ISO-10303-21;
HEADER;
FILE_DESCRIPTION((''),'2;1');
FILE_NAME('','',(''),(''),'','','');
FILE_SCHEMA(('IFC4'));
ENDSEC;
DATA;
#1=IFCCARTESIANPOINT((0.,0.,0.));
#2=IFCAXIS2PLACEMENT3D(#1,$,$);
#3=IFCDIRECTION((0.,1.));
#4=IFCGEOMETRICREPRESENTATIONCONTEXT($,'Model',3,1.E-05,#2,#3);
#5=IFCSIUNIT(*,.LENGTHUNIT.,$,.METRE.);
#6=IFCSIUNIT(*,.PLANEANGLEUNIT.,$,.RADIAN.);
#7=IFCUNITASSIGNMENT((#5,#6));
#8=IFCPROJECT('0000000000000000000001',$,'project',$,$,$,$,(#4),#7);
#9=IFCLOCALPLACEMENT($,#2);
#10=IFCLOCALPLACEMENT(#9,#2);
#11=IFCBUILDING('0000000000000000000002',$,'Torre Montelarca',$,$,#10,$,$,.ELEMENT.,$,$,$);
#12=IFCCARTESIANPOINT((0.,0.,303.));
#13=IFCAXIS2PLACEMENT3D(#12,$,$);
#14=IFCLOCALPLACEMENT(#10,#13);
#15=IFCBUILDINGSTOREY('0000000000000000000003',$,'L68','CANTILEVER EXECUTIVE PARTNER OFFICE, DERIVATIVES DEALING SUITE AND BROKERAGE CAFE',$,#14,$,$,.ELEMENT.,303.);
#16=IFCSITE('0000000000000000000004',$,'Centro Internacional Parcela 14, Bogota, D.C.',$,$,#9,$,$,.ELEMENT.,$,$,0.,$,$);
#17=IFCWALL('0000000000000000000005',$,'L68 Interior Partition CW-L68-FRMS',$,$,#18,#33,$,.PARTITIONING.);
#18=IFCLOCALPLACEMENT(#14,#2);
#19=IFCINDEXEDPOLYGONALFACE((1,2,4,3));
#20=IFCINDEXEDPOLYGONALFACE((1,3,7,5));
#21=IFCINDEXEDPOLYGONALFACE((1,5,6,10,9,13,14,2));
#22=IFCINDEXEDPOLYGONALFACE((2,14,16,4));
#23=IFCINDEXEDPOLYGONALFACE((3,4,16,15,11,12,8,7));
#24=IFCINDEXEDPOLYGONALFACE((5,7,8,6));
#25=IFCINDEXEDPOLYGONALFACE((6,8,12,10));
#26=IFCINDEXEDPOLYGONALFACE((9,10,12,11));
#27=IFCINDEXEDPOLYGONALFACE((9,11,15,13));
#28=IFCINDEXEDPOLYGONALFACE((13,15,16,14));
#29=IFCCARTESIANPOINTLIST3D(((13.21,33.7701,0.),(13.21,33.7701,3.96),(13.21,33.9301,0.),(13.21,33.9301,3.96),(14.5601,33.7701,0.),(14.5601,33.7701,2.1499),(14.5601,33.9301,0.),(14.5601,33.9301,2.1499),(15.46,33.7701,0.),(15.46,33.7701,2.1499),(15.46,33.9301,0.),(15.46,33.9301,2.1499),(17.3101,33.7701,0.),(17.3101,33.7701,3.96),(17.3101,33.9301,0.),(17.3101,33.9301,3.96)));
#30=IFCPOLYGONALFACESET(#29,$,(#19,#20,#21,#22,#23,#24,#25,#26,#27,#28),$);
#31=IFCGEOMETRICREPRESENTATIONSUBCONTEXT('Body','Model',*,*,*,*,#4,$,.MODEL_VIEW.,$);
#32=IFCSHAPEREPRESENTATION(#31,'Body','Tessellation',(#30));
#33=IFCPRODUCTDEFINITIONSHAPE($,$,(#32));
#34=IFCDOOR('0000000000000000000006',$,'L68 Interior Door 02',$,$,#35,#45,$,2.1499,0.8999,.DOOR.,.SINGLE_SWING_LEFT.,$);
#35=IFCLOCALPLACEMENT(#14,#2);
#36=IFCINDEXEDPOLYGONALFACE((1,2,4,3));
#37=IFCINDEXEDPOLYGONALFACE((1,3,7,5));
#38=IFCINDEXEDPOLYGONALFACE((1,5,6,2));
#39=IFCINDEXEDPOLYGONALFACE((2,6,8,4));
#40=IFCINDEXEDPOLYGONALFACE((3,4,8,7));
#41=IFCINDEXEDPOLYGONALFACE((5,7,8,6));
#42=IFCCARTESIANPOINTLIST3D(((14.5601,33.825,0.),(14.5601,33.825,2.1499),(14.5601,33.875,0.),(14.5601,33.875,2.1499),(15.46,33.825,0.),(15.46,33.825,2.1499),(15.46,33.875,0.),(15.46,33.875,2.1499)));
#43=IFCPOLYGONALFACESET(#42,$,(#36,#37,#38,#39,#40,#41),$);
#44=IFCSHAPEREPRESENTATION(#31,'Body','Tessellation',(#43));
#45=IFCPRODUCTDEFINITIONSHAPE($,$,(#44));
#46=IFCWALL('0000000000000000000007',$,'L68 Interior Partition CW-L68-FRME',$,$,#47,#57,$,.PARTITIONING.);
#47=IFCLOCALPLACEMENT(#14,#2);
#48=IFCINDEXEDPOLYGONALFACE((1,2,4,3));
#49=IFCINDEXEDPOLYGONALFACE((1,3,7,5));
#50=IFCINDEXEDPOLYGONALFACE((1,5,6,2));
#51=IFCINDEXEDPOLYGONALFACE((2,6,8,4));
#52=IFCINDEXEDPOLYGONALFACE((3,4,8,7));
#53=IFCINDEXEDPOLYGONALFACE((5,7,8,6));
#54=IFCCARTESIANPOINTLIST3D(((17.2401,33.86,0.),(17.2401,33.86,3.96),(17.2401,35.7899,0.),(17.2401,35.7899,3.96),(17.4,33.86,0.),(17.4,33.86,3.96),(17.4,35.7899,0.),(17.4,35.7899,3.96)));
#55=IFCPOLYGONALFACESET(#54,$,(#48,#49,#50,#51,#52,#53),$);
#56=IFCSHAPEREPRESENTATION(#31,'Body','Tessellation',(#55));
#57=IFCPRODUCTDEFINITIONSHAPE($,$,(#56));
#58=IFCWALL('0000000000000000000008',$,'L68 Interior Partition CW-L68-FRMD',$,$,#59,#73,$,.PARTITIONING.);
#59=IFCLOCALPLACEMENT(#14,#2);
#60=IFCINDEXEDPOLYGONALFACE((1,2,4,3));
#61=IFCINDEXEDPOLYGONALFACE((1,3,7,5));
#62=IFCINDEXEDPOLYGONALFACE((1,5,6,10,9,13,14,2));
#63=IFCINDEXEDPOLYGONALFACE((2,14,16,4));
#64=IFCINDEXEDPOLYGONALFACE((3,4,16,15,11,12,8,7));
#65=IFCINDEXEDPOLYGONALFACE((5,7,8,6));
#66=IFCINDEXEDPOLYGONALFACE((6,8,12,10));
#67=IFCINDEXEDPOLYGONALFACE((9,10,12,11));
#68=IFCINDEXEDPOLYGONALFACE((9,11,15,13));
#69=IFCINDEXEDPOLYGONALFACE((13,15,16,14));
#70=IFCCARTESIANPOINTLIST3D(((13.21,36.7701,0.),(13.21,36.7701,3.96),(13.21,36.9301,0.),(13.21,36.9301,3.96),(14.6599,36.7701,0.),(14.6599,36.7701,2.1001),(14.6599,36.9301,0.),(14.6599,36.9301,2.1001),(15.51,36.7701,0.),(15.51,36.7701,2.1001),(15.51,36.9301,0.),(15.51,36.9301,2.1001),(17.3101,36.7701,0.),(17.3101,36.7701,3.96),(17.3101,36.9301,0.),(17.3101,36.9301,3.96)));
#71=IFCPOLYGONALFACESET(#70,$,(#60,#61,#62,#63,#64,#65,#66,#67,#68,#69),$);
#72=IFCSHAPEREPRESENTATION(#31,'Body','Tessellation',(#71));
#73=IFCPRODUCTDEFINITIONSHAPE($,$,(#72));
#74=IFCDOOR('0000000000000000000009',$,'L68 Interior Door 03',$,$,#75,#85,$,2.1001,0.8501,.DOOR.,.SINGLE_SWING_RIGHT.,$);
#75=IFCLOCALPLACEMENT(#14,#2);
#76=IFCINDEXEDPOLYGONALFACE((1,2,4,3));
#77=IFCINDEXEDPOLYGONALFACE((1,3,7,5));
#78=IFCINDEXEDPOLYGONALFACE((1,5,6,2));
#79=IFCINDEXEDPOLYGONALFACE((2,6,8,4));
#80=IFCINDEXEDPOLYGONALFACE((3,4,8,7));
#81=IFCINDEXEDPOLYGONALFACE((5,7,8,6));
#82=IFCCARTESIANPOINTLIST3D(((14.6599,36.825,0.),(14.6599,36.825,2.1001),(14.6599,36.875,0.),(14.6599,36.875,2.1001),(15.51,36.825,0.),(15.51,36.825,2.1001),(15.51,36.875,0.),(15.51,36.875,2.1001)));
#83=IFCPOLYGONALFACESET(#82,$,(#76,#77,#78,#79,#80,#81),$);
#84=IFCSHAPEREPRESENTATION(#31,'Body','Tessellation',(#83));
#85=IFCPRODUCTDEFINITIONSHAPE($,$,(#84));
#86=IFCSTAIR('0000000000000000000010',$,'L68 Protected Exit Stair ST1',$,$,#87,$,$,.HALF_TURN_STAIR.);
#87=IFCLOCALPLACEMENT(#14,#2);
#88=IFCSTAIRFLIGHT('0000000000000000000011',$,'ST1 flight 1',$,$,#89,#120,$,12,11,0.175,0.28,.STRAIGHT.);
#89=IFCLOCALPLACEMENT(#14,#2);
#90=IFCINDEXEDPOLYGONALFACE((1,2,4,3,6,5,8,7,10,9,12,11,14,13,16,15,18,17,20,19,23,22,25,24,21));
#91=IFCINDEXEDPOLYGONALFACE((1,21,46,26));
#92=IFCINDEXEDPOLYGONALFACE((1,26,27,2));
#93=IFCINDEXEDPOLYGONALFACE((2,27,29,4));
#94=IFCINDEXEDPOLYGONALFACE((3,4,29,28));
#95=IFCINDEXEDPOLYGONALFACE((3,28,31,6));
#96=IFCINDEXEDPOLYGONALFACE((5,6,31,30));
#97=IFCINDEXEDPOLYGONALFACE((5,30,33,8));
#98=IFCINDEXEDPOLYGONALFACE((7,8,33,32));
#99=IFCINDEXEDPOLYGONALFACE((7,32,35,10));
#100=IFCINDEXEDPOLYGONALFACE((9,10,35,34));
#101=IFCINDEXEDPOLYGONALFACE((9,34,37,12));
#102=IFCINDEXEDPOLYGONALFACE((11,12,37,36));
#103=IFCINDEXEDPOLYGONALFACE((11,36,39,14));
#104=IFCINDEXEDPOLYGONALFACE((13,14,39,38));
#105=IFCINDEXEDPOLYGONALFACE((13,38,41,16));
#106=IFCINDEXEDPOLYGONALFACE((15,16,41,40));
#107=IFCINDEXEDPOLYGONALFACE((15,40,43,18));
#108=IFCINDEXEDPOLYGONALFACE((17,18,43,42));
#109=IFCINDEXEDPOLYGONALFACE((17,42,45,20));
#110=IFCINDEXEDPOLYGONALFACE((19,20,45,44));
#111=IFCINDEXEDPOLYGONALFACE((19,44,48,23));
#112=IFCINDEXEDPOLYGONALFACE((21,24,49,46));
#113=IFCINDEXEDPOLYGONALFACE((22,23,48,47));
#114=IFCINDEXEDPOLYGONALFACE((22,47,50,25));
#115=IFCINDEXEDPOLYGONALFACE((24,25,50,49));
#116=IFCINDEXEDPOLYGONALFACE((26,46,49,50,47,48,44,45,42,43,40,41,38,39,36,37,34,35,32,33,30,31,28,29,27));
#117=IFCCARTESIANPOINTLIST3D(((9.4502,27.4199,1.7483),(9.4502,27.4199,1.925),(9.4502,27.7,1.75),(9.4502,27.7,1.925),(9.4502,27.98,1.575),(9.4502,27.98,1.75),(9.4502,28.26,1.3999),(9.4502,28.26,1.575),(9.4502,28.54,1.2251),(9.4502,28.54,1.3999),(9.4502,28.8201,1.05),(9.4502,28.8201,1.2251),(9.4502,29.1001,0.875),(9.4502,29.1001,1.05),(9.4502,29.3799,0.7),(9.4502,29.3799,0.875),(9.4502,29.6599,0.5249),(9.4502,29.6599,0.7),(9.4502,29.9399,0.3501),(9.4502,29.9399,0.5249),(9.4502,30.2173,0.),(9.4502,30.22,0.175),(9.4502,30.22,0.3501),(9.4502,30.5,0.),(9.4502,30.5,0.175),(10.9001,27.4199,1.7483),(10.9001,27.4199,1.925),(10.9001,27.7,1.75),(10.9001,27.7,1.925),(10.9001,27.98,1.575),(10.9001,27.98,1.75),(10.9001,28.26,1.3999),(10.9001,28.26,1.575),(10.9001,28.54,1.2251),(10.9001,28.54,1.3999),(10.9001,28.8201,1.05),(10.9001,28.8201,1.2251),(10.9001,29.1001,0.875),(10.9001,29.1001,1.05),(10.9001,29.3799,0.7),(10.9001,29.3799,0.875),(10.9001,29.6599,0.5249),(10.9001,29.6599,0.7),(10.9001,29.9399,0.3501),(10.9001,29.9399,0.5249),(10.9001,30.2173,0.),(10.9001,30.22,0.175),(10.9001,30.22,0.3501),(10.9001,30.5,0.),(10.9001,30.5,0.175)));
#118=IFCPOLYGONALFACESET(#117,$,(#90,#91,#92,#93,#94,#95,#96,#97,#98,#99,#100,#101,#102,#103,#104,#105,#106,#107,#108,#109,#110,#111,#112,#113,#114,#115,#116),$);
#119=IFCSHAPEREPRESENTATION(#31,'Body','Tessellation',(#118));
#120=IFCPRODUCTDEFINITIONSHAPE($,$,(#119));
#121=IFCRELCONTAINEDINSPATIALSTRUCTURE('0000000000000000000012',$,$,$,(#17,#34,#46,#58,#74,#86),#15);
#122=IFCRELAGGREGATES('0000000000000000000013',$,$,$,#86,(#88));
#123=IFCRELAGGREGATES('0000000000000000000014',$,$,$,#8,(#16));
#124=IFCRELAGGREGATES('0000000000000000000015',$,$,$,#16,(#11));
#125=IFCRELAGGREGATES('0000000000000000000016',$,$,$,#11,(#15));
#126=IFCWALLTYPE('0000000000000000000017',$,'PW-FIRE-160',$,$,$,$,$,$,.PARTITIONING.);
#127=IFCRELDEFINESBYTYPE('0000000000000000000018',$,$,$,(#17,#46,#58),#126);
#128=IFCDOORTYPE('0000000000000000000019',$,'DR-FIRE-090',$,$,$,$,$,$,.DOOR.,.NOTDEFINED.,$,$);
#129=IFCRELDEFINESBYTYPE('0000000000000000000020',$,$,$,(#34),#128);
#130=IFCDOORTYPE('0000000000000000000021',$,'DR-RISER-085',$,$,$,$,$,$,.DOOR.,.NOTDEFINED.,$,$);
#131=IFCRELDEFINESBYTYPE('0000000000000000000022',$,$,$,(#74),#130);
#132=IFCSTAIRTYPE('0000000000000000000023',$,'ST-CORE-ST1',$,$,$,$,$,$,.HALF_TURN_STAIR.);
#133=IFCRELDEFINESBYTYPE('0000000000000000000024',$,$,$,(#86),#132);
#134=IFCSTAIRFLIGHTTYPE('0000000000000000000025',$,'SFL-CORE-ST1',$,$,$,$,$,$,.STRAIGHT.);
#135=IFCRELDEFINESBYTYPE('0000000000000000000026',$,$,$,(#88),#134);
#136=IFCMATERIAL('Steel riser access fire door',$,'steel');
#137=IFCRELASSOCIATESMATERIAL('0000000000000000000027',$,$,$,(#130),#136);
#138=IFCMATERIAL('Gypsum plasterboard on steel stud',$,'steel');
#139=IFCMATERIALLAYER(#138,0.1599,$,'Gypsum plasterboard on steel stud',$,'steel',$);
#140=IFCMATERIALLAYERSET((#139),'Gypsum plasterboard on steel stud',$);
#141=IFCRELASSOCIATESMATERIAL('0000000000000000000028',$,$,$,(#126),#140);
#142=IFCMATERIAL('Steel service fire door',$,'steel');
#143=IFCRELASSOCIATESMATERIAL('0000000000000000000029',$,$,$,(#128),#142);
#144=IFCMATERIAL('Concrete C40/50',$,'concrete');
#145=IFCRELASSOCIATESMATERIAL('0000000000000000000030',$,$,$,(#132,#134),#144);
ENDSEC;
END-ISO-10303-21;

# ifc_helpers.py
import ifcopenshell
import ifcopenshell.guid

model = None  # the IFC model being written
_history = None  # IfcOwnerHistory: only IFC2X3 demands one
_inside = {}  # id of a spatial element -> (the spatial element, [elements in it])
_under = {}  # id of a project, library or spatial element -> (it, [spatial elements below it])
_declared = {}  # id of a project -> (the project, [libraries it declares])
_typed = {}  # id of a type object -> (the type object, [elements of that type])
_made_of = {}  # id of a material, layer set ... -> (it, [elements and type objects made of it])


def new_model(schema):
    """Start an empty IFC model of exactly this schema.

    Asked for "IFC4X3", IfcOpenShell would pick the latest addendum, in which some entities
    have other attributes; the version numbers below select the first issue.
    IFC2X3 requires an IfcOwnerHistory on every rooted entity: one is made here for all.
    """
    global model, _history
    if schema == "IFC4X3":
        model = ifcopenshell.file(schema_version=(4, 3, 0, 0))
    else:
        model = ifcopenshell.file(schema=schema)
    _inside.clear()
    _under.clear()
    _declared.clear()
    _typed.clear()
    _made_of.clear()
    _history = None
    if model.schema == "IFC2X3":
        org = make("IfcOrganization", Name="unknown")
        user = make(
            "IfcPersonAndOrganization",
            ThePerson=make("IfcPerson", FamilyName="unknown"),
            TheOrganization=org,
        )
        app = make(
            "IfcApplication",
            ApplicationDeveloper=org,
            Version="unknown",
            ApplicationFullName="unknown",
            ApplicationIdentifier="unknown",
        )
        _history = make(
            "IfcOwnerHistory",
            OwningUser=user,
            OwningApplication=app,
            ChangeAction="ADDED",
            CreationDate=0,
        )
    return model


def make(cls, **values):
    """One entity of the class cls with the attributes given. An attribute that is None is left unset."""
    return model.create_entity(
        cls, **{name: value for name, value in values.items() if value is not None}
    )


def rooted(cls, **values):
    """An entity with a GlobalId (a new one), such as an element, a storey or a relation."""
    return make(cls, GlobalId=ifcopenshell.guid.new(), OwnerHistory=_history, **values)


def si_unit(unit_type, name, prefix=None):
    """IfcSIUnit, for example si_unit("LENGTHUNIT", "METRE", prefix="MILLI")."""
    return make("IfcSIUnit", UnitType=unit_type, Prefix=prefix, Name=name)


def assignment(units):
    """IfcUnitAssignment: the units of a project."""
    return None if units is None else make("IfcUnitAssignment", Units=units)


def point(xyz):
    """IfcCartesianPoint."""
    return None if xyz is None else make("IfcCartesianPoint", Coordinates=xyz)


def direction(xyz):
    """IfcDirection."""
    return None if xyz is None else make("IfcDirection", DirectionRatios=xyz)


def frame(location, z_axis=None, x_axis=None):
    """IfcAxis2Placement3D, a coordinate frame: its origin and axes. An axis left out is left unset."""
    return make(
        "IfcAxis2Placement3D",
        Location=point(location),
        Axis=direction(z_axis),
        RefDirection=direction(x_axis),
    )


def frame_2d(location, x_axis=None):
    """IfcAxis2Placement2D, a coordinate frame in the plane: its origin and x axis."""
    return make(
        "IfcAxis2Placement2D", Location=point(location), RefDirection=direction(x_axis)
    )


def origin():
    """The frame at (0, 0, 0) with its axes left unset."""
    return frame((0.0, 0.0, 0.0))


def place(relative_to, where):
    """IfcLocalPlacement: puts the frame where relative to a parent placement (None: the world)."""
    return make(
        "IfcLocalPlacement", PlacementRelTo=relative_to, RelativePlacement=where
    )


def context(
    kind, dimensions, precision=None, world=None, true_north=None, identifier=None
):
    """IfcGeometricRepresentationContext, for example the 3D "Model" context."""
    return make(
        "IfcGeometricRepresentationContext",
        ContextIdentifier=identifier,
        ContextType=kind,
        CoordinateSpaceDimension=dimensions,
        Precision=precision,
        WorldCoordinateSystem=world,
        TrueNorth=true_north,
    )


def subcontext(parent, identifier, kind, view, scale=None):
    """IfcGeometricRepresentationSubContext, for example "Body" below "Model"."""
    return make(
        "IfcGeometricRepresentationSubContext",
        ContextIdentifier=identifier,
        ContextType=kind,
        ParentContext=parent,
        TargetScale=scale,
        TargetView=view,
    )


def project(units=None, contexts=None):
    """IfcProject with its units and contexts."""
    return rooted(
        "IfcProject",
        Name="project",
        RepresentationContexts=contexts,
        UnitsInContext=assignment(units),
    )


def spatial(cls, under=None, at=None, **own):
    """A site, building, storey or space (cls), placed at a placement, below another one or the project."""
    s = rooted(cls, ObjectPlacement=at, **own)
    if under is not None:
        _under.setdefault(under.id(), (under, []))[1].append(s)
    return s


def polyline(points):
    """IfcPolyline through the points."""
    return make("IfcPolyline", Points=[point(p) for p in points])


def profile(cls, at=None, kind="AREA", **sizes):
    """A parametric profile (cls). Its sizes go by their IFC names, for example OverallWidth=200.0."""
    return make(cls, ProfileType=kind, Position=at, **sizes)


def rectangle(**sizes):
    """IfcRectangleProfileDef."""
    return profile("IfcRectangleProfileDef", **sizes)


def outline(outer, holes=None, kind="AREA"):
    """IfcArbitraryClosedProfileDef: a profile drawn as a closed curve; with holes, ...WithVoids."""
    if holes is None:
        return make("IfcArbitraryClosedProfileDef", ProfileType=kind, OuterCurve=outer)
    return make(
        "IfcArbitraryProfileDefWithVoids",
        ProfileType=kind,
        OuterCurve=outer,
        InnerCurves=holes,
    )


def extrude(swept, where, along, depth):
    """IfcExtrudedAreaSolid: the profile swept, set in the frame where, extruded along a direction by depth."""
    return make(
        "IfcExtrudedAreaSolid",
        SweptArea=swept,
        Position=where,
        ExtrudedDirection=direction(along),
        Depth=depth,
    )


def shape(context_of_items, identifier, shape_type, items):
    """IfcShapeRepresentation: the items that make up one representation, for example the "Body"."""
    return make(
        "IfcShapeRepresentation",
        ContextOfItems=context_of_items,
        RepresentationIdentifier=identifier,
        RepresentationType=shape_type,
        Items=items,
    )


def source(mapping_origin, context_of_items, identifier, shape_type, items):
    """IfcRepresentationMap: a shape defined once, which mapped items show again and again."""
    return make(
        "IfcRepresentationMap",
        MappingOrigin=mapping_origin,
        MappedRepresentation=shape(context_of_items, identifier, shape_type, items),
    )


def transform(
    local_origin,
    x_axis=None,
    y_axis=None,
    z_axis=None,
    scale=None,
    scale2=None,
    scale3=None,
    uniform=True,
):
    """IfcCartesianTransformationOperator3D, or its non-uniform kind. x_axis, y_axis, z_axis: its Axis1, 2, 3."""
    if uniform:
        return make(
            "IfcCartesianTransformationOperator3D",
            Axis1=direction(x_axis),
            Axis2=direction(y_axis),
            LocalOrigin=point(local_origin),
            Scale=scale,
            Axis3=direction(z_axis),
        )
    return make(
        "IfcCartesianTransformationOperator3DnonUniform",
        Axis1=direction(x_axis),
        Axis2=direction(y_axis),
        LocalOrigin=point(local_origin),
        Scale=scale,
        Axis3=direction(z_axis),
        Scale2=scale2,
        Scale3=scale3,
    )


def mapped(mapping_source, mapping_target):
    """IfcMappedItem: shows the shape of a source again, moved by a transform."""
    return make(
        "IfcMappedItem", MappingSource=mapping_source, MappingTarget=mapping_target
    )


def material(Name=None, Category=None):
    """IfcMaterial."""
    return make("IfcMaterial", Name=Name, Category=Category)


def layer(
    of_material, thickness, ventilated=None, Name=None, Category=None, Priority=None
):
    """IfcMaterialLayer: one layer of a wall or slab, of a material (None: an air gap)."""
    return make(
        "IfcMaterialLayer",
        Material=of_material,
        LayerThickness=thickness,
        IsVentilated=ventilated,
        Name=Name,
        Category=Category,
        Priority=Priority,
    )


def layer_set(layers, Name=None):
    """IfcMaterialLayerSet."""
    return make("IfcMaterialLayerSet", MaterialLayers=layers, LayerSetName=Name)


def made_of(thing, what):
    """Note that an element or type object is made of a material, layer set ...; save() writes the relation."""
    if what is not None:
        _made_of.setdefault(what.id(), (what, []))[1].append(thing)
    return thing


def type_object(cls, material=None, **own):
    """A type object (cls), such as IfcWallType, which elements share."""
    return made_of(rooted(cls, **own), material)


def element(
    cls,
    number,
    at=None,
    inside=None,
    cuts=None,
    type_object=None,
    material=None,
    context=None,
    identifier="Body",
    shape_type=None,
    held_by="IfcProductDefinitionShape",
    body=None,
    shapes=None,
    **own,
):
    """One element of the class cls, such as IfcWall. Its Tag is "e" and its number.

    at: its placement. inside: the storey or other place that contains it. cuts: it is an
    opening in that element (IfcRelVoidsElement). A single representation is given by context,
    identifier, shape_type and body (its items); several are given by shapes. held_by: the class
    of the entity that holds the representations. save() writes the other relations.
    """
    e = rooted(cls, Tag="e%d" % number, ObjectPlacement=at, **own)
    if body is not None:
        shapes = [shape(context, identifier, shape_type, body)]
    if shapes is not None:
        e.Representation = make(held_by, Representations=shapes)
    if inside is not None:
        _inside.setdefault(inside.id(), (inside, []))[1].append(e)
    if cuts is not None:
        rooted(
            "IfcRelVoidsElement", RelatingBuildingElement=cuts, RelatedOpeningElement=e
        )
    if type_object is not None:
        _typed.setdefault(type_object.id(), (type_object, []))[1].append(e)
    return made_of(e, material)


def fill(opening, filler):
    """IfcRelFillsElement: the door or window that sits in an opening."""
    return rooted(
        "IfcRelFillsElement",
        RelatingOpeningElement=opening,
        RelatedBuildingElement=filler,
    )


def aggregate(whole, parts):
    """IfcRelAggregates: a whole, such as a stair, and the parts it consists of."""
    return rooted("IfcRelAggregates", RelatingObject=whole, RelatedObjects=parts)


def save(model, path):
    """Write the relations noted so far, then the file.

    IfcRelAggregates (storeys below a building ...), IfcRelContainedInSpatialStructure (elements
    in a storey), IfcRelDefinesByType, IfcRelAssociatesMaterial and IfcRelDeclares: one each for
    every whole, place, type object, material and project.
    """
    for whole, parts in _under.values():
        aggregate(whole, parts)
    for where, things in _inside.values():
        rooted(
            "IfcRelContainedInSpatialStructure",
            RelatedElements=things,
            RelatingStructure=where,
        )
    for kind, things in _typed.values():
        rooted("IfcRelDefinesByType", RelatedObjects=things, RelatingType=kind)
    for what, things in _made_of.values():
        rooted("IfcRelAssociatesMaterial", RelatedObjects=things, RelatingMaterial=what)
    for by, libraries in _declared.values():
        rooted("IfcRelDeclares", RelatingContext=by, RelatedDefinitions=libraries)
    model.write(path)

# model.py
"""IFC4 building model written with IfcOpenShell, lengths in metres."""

from ifc_helpers import new_model, si_unit, direction, frame, frame_2d, origin, place, context, subcontext, project, spatial, polyline, rectangle, outline, extrude, source, transform, mapped, material, layer, layer_set, type_object, element, fill, aggregate, save


model = new_model("IFC4")

# Units and contexts
model_context = context("Model", 3, precision=1e-05, world=origin(), true_north=direction((0.0, 1.0)))
body_context = subcontext(model_context, "Body", "Model", "MODEL_VIEW")
ifc_project = project(units=[si_unit("LENGTHUNIT", "METRE"), si_unit("PLANEANGLEUNIT", "RADIAN")], contexts=[model_context])

# Site, building, storey
site_placement = place(None, origin())
site = spatial("IfcSite", under=ifc_project, at=site_placement, Name="Centro Internacional Parcela 14, Bogota, D.C.", CompositionType="ELEMENT", RefElevation=0.0)
building_placement = place(site_placement, origin())
building = spatial("IfcBuilding", under=site, at=building_placement, Name="Torre Montelarca", CompositionType="ELEMENT")
storey_placement = place(building_placement, frame((0.0, 0.0, 303.0)))
storey = spatial("IfcBuildingStorey", under=building, at=storey_placement, Name="L68", Description="CANTILEVER EXECUTIVE PARTNER OFFICE, DERIVATIVES DEALING SUITE AND BROKERAGE CAFE", CompositionType="ELEMENT", Elevation=303.0)

# Shared definitions
ifc_material_1 = material(Name="Concrete C40/50", Category="concrete")

# Shared definitions
ifc_material_2 = material(Name="Steel riser access fire door", Category="steel")
door_type_1 = type_object("IfcDoorType", Name="DR-RISER-085", OperationType="NOTDEFINED", PredefinedType="DOOR", material=ifc_material_2)
shared_shape_1 = source(origin(), body_context, "Body", "SweptSolid", [
    extrude(rectangle(XDim=0.8501, YDim=2.1001, at=frame_2d((0.425, 1.05))), frame((0.0, 0.0249, 0.0), z_axis=(0.0, -1.0, 0.0), x_axis=(1.0, 0.0, 0.0)), (0.0, 0.0, 1.0), 0.05),
])

# Shared definitions
ifc_material_3 = material(Name="Gypsum plasterboard on steel stud", Category="steel")
ifc_layer_1 = layer(ifc_material_3, 0.1599, Name="Gypsum plasterboard on steel stud", Category="steel")
ifc_layer_set_1 = layer_set([ifc_layer_1], Name="Gypsum plasterboard on steel stud")
wall_type_1 = type_object("IfcWallType", Name="PW-FIRE-160", PredefinedType="PARTITIONING", material=ifc_layer_set_1)
ifc_material_4 = material(Name="Steel service fire door", Category="steel")
door_type_2 = type_object("IfcDoorType", Name="DR-FIRE-090", OperationType="NOTDEFINED", PredefinedType="DOOR", material=ifc_material_4)
shared_shape_2 = source(origin(), body_context, "Body", "SweptSolid", [
    extrude(rectangle(XDim=0.8999, YDim=2.1499, at=frame_2d((0.45, 1.075))), frame((0.0, 0.0249, 0.0), z_axis=(0.0, -1.0, 0.0), x_axis=(1.0, 0.0, 0.0)), (0.0, 0.0, 1.0), 0.05),
])

# Wall, opening, door
wall_1_placement = place(storey_placement, frame((13.21, 33.8501, 0.0), z_axis=(0.0, 0.0, 1.0), x_axis=(1.0, 0.0, 0.0)))
wall_1 = element("IfcWall", 1, at=wall_1_placement, inside=storey, type_object=wall_type_1, Name="L68 Interior Partition CW-L68-FRMS", PredefinedType="PARTITIONING", context=body_context, shape_type="SweptSolid", body=[
    extrude(rectangle(XDim=4.1001, YDim=0.1599, at=frame_2d((2.05, 0.0))), origin(), (0.0, 0.0, 1.0), 3.96),
])
opening_1_placement = place(wall_1_placement, frame((1.3501, 0.0, 0.0)))
opening_1 = element("IfcOpeningElement", 2, at=opening_1_placement, cuts=wall_1, PredefinedType="OPENING", context=body_context, shape_type="SweptSolid", body=[
    extrude(rectangle(XDim=0.8999, YDim=2.1499, at=frame_2d((0.45, 1.075))), frame((0.0, 0.0898, 0.0), z_axis=(0.0, -1.0, 0.0), x_axis=(1.0, 0.0, 0.0)), (0.0, 0.0, 1.0), 0.1799),
])
door_1_placement = place(opening_1_placement, origin())
door_1 = element("IfcDoor", 3, at=door_1_placement, inside=storey, type_object=door_type_2, Name="L68 Interior Door 02", OperationType="SINGLE_SWING_LEFT", OverallHeight=2.1499, OverallWidth=0.8999, PredefinedType="DOOR", context=body_context, shape_type="MappedRepresentation", body=[
    mapped(shared_shape_2, transform((0.0, 0.0, 0.0), scale=1.0)),
])
fill(opening_1, door_1)

# Wall
wall_2_placement = place(storey_placement, frame((17.3201, 33.8601, 0.0), z_axis=(0.0, 0.0, 1.0), x_axis=(0.0, 1.0, 0.0)))
element("IfcWall", 4, at=wall_2_placement, inside=storey, type_object=wall_type_1, Name="L68 Interior Partition CW-L68-FRME", PredefinedType="PARTITIONING", context=body_context, shape_type="SweptSolid", body=[
    extrude(rectangle(XDim=1.9299, YDim=0.1599, at=frame_2d((0.9648, 0.0))), origin(), (0.0, 0.0, 1.0), 3.96),
])

# Wall, opening, door
wall_3_placement = place(storey_placement, frame((13.21, 36.8501, 0.0), z_axis=(0.0, 0.0, 1.0), x_axis=(1.0, 0.0, 0.0)))
wall_3 = element("IfcWall", 5, at=wall_3_placement, inside=storey, type_object=wall_type_1, Name="L68 Interior Partition CW-L68-FRMD", PredefinedType="PARTITIONING", context=body_context, shape_type="SweptSolid", body=[
    extrude(rectangle(XDim=4.1001, YDim=0.1599, at=frame_2d((2.05, 0.0))), origin(), (0.0, 0.0, 1.0), 3.96),
])
opening_2_placement = place(wall_3_placement, frame((1.45, 0.0, 0.0)))
opening_2 = element("IfcOpeningElement", 6, at=opening_2_placement, cuts=wall_3, PredefinedType="OPENING", context=body_context, shape_type="SweptSolid", body=[
    extrude(rectangle(XDim=0.8501, YDim=2.1001, at=frame_2d((0.425, 1.05))), frame((0.0, 0.0898, 0.0), z_axis=(0.0, -1.0, 0.0), x_axis=(1.0, 0.0, 0.0)), (0.0, 0.0, 1.0), 0.1799),
])
door_2_placement = place(opening_2_placement, origin())
door_2 = element("IfcDoor", 7, at=door_2_placement, inside=storey, type_object=door_type_1, Name="L68 Interior Door 03", OperationType="SINGLE_SWING_RIGHT", OverallHeight=2.1001, OverallWidth=0.8501, PredefinedType="DOOR", context=body_context, shape_type="MappedRepresentation", body=[
    mapped(shared_shape_1, transform((0.0, 0.0, 0.0), scale=1.0)),
])
fill(opening_2, door_2)

# Stair, stair flight
stair_type = type_object("IfcStairType", Name="ST-CORE-ST1", PredefinedType="HALF_TURN_STAIR", material=ifc_material_1)
stair_placement = place(storey_placement, origin())
stair = element("IfcStair", 8, at=stair_placement, inside=storey, type_object=stair_type, Name="L68 Protected Exit Stair ST1", PredefinedType="HALF_TURN_STAIR")
stair_flight_type = type_object("IfcStairFlightType", Name="SFL-CORE-ST1", PredefinedType="STRAIGHT", material=ifc_material_1)
stair_flight_placement = place(storey_placement, frame((10.175, 30.5, 0.0), z_axis=(0.0, 0.0, 1.0), x_axis=(0.0, -1.0, 0.0)))
stair_flight = element("IfcStairFlight", 9, at=stair_flight_placement, type_object=stair_flight_type, Name="ST1 flight 1", NumberOfRisers=12, NumberOfTreads=11, PredefinedType="STRAIGHT", RiserHeight=0.175, TreadLength=0.28, context=body_context, shape_type="SweptSolid", body=[
    extrude(outline(polyline([(0.0, 0.0), (0.0, 0.175), (0.28, 0.175), (0.28, 0.3501), (0.5601, 0.3501), (0.5601, 0.5249), (0.8401, 0.5249), (0.8401, 0.7), (1.1201, 0.7), (1.1201, 0.875), (1.3999, 0.875), (1.3999, 1.05), (1.6799, 1.05), (1.6799, 1.2251), (1.96, 1.2251), (1.96, 1.3999), (2.24, 1.3999), (2.24, 1.575), (2.52, 1.575), (2.52, 1.75), (2.8, 1.75), (2.8, 1.925), (3.0801, 1.925), (3.0801, 2.1001), (3.0801, 1.7483), (0.2827, 0.0), (0.0, 0.0)])), frame((0.0, 0.7251, 0.0), z_axis=(0.0, -1.0, 0.0), x_axis=(1.0, 0.0, 0.0)), (0.0, 0.0, 1.0), 1.45),
])
aggregate(stair, [stair_flight])

save(model, "model.ifc")
